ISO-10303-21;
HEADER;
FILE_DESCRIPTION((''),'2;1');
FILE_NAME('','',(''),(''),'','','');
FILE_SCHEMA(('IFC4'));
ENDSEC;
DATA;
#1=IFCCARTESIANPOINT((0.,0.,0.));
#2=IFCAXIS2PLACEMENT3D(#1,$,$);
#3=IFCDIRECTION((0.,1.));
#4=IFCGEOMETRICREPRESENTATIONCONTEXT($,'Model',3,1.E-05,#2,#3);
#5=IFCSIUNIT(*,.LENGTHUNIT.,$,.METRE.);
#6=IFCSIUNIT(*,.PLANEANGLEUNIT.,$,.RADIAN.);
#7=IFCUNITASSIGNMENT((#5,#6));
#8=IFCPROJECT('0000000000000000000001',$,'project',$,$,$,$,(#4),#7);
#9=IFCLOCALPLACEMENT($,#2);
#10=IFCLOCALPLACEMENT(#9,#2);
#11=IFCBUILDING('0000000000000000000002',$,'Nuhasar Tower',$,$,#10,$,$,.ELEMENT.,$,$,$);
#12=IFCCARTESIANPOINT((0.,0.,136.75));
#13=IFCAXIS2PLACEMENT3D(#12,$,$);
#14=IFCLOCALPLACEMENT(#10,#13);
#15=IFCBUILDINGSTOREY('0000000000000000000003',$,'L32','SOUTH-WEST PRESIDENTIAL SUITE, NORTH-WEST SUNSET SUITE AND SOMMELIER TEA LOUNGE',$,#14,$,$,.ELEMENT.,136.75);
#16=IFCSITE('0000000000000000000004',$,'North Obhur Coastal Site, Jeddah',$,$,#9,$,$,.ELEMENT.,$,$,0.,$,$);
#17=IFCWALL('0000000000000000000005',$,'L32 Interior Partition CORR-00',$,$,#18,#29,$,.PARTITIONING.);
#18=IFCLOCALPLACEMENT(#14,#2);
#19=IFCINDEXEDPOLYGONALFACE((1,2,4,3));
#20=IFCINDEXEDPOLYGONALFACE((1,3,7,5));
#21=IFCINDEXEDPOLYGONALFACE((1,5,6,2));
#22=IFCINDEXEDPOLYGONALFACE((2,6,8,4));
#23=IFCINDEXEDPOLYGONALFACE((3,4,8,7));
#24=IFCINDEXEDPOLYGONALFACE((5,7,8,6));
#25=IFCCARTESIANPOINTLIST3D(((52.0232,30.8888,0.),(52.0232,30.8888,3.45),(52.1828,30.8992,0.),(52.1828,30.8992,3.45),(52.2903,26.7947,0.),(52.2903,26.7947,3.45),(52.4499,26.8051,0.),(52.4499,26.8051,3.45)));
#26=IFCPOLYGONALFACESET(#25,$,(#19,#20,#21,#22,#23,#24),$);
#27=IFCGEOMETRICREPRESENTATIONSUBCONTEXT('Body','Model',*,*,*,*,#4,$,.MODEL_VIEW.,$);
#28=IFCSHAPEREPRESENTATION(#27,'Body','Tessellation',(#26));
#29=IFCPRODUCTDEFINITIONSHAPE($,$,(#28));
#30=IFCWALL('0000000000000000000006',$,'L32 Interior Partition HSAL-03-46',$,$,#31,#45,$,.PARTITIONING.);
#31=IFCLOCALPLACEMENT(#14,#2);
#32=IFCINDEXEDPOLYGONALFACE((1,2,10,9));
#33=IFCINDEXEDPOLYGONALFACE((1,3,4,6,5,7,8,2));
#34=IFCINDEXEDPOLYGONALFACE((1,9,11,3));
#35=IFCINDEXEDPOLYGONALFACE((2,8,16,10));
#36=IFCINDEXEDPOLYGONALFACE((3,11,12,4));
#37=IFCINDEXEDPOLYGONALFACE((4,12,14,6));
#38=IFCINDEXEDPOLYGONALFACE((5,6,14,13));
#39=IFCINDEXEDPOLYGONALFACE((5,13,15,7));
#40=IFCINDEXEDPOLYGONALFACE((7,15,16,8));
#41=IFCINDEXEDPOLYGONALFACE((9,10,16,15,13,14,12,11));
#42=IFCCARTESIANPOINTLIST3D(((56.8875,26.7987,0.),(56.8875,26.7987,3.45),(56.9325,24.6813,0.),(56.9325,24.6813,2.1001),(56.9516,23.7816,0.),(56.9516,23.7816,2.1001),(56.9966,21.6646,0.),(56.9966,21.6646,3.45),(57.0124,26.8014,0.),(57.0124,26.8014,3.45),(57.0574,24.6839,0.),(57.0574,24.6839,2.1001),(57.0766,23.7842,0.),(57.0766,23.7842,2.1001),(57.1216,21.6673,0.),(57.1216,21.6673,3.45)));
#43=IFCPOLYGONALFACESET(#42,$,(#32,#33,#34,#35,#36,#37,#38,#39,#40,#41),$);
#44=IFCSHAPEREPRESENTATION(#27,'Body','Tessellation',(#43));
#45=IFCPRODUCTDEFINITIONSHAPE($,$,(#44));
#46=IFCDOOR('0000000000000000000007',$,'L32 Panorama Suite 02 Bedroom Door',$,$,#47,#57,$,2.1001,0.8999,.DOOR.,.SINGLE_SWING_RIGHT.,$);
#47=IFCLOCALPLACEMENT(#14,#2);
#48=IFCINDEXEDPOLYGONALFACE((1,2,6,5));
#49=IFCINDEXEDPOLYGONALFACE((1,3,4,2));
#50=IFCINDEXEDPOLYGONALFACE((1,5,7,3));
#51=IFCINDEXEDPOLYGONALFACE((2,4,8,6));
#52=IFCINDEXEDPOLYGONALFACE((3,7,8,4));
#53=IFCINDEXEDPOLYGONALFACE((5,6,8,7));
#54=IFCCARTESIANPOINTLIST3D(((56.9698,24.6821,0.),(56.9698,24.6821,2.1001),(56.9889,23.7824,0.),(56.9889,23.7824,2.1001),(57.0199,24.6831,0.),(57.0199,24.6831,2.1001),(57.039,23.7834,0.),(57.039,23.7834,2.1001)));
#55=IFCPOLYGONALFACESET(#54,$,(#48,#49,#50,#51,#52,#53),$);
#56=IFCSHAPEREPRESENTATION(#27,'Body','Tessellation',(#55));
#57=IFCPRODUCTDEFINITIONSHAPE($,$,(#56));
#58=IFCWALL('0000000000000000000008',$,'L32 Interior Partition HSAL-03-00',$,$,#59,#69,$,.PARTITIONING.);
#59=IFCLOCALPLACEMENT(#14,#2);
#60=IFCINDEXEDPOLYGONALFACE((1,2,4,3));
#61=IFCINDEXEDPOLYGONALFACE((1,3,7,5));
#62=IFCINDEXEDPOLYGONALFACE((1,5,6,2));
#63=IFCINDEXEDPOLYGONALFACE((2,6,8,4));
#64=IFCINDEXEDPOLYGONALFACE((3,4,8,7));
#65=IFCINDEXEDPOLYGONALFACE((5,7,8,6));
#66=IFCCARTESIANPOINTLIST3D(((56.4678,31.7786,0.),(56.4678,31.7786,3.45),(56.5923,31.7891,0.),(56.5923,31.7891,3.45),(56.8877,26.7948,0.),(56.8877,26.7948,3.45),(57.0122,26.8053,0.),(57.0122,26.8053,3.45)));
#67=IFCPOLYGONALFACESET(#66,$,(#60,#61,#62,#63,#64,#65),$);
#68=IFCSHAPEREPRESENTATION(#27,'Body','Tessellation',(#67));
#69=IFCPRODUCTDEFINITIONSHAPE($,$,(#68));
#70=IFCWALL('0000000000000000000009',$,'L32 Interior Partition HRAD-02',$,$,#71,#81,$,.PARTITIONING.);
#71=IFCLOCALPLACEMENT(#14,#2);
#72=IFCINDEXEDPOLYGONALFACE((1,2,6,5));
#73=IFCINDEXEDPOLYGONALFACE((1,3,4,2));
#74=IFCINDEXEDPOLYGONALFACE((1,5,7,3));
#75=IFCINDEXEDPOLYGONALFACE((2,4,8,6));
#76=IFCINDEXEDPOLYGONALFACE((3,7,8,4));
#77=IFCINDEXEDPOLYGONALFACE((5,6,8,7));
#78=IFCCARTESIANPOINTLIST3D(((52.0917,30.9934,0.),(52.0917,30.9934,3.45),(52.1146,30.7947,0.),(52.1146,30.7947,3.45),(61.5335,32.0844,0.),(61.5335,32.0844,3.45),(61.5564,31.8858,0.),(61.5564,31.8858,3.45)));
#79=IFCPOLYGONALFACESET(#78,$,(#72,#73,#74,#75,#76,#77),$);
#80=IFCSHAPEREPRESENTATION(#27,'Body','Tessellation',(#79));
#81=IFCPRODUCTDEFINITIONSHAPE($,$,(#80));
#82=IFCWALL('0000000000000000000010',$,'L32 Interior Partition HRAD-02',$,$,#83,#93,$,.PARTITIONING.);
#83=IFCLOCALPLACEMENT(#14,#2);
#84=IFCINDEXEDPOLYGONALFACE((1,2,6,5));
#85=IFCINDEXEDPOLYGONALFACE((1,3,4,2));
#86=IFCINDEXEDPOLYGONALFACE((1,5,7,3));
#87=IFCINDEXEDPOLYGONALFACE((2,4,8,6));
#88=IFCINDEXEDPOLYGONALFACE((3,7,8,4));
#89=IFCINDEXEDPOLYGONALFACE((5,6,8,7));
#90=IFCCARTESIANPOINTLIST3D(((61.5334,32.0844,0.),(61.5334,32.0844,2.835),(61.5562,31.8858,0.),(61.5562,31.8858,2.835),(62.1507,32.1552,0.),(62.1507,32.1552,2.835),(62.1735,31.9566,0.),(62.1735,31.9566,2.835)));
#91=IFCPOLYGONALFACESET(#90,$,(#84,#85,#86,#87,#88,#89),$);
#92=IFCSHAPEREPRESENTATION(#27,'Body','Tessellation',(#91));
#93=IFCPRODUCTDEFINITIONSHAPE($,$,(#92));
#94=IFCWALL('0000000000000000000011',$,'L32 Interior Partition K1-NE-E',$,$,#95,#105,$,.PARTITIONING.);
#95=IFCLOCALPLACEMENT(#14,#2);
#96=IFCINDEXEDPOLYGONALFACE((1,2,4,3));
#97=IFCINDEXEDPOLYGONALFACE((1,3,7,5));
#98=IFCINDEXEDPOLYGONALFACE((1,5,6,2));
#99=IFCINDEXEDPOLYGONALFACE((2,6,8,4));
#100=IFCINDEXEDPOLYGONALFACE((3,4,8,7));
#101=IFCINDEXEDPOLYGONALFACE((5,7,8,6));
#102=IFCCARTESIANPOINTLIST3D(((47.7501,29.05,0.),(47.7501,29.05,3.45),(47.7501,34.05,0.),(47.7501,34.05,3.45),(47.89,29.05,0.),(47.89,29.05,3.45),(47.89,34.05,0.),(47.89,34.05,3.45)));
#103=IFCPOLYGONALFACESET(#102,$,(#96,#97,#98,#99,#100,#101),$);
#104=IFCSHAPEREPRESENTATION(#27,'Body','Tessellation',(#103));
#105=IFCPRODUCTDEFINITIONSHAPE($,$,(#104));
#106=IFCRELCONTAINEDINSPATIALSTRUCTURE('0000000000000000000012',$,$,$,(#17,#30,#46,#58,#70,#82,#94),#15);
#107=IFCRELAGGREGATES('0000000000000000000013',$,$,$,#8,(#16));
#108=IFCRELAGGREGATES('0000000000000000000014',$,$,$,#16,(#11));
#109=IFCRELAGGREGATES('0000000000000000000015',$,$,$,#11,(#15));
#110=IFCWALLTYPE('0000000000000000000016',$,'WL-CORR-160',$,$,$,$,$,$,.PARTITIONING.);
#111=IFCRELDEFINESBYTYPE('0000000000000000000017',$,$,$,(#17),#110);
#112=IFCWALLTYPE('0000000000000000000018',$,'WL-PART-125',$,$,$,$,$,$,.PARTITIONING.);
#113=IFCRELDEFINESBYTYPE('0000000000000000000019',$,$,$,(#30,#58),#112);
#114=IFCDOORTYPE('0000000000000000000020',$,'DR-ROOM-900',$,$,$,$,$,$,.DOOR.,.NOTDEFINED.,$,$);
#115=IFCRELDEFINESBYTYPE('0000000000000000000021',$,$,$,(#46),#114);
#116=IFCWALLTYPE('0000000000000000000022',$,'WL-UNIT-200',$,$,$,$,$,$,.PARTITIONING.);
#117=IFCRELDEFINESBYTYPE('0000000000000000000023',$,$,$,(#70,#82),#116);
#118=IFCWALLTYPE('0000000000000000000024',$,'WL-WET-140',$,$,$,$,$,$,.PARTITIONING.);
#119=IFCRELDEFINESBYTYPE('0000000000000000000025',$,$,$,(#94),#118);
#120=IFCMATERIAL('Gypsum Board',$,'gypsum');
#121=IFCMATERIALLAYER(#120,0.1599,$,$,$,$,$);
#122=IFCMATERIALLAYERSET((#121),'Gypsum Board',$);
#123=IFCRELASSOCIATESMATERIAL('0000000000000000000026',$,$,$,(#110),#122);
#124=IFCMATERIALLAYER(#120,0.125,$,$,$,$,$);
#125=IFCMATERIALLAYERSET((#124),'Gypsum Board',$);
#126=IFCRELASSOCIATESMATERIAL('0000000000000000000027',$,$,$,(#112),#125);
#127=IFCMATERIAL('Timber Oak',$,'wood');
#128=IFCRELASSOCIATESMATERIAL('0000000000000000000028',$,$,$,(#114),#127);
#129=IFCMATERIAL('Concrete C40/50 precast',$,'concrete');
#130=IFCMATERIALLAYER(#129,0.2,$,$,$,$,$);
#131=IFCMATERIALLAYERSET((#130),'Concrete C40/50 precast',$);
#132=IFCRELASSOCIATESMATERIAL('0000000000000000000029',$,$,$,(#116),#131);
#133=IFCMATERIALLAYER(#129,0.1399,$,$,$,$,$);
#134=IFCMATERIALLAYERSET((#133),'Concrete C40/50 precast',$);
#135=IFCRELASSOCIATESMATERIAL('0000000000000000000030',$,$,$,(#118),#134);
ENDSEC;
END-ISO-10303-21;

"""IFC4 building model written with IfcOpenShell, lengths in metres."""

from ifc_helpers import new_model, si_unit, direction, frame, frame_2d, origin, place, context, subcontext, project, spatial, rectangle, extrude, material, layer, layer_set, type_object, element, fill, save


model = new_model("IFC4")

# Units and contexts
model_context = context("Model", 3, precision=1e-05, world=origin(), true_north=direction((0.0, 1.0)))
body_context = subcontext(model_context, "Body", "Model", "MODEL_VIEW")
ifc_project = project(units=[si_unit("LENGTHUNIT", "METRE"), si_unit("PLANEANGLEUNIT", "RADIAN")], contexts=[model_context])

# Site, building, storey
site_placement = place(None, origin())
site = spatial("IfcSite", under=ifc_project, at=site_placement, Name="North Obhur Coastal Site, Jeddah", CompositionType="ELEMENT", RefElevation=0.0)
building_placement = place(site_placement, origin())
building = spatial("IfcBuilding", under=site, at=building_placement, Name="Nuhasar Tower", CompositionType="ELEMENT")
storey_placement = place(building_placement, frame((0.0, 0.0, 136.75)))
storey = spatial("IfcBuildingStorey", under=building, at=storey_placement, Name="L32", Description="SOUTH-WEST PRESIDENTIAL SUITE, NORTH-WEST SUNSET SUITE AND SOMMELIER TEA LOUNGE", CompositionType="ELEMENT", Elevation=136.75)

# Shared definitions
ifc_material_1 = material(Name="Gypsum Board", Category="gypsum")
ifc_layer_1 = layer(ifc_material_1, 0.1599)
ifc_layer_set_1 = layer_set([ifc_layer_1], Name="Gypsum Board")
wall_type_1 = type_object("IfcWallType", Name="WL-CORR-160", PredefinedType="PARTITIONING", material=ifc_layer_set_1)
ifc_material_2 = material(Name="Timber Oak", Category="wood")

# Wall
wall_1_placement = place(storey_placement, frame((52.3701, 26.8, 0.0), z_axis=(0.0, 0.0, 1.0), x_axis=(-0.065101, 0.997879, 0.0)))
element("IfcWall", 1, at=wall_1_placement, inside=storey, type_object=wall_type_1, Name="L32 Interior Partition CORR-00", PredefinedType="PARTITIONING", context=body_context, shape_type="SweptSolid", body=[
    extrude(rectangle(XDim=4.1028, YDim=0.1599, at=frame_2d((2.0513, 0.0))), origin(), (0.0, 0.0, 1.0), 3.45),
])

# Wall, opening, door
ifc_layer_2 = layer(ifc_material_1, 0.125)
ifc_layer_set_2 = layer_set([ifc_layer_2], Name="Gypsum Board")
wall_type_2 = type_object("IfcWallType", Name="WL-PART-125", PredefinedType="PARTITIONING", material=ifc_layer_set_2)
wall_2_placement = place(storey_placement, frame((56.95, 26.8, 0.0), z_axis=(0.0, 0.0, 1.0), x_axis=(0.021252, -0.999774, 0.0)))
wall_2 = element("IfcWall", 2, at=wall_2_placement, inside=storey, type_object=wall_type_2, Name="L32 Interior Partition HSAL-03-46", PredefinedType="PARTITIONING", context=body_context, shape_type="SweptSolid", body=[
    extrude(rectangle(XDim=5.1353, YDim=0.125, at=frame_2d((2.5676, 0.0))), origin(), (0.0, 0.0, 1.0), 3.45),
])
opening_1_placement = place(wall_2_placement, frame((2.1179, 0.0, 0.0)))
opening_1 = element("IfcOpeningElement", 3, at=opening_1_placement, cuts=wall_2, PredefinedType="OPENING", context=body_context, shape_type="SweptSolid", body=[
    extrude(rectangle(XDim=0.8999, YDim=2.1001, at=frame_2d((0.45, 1.05))), frame((0.0, 0.0725, 0.0), z_axis=(0.0, -1.0, 0.0), x_axis=(1.0, 0.0, 0.0)), (0.0, 0.0, 1.0), 0.145),
])
door_type_1 = type_object("IfcDoorType", Name="DR-ROOM-900", OperationType="NOTDEFINED", PredefinedType="DOOR", material=ifc_material_2)
door_1_placement = place(opening_1_placement, origin())
door_1 = element("IfcDoor", 4, at=door_1_placement, inside=storey, type_object=door_type_1, Name="L32 Panorama Suite 02 Bedroom Door", OperationType="SINGLE_SWING_RIGHT", OverallHeight=2.1001, OverallWidth=0.8999, PredefinedType="DOOR", context=body_context, shape_type="SweptSolid", body=[
    extrude(rectangle(XDim=0.8999, YDim=2.1001, at=frame_2d((0.45, 1.05))), frame((0.0, 0.0249, 0.0), z_axis=(0.0, -1.0, 0.0), x_axis=(1.0, 0.0, 0.0)), (0.0, 0.0, 1.0), 0.05),
])
fill(opening_1, door_1)

# Walls
wall_3_placement = place(storey_placement, frame((56.95, 26.8, 0.0), z_axis=(0.0, 0.0, 1.0), x_axis=(-0.083958, 0.996469, 0.0)))
element("IfcWall", 5, at=wall_3_placement, inside=storey, type_object=wall_type_2, Name="L32 Interior Partition HSAL-03-00", PredefinedType="PARTITIONING", context=body_context, shape_type="SweptSolid", body=[
    extrude(rectangle(XDim=5.0015, YDim=0.125, at=frame_2d((2.5007, 0.0))), origin(), (0.0, 0.0, 1.0), 3.45),
])
ifc_material_3 = material(Name="Concrete C40/50 precast", Category="concrete")
ifc_layer_3 = layer(ifc_material_3, 0.2)
ifc_layer_set_3 = layer_set([ifc_layer_3], Name="Concrete C40/50 precast")
wall_type_3 = type_object("IfcWallType", Name="WL-UNIT-200", PredefinedType="PARTITIONING", material=ifc_layer_set_3)
wall_4_placement = place(storey_placement, frame((52.103, 30.894, 0.0), z_axis=(0.0, 0.0, 1.0), x_axis=(0.99339, 0.114792, 0.0)))
element("IfcWall", 6, at=wall_4_placement, inside=storey, type_object=wall_type_3, Name="L32 Interior Partition HRAD-02", PredefinedType="PARTITIONING", context=body_context, shape_type="SweptSolid", body=[
    extrude(rectangle(XDim=9.5046, YDim=0.2, at=frame_2d((4.7524, 0.0))), origin(), (0.0, 0.0, 1.0), 3.45),
])
wall_5_placement = place(storey_placement, frame((61.5449, 31.9851, 0.0), z_axis=(0.0, 0.0, 1.0), x_axis=(0.993484, 0.113968, 0.0)))
element("IfcWall", 7, at=wall_5_placement, inside=storey, type_object=wall_type_3, Name="L32 Interior Partition HRAD-02", PredefinedType="PARTITIONING", context=body_context, shape_type="SweptSolid", body=[
    extrude(rectangle(XDim=0.6213, YDim=0.2, at=frame_2d((0.3105, 0.0))), origin(), (0.0, 0.0, 1.0), 2.835),
])
ifc_layer_4 = layer(ifc_material_3, 0.1399)
ifc_layer_set_4 = layer_set([ifc_layer_4], Name="Concrete C40/50 precast")
wall_type_4 = type_object("IfcWallType", Name="WL-WET-140", PredefinedType="PARTITIONING", material=ifc_layer_set_4)
wall_6_placement = place(storey_placement, frame((47.8201, 29.05, 0.0), z_axis=(0.0, 0.0, 1.0), x_axis=(0.0, 1.0, 0.0)))
element("IfcWall", 8, at=wall_6_placement, inside=storey, type_object=wall_type_4, Name="L32 Interior Partition K1-NE-E", PredefinedType="PARTITIONING", context=body_context, shape_type="SweptSolid", body=[
    extrude(rectangle(XDim=5.0, YDim=0.1399, at=frame_2d((2.5, 0.0))), origin(), (0.0, 0.0, 1.0), 3.45),
])

save(model, "model.ifc")
